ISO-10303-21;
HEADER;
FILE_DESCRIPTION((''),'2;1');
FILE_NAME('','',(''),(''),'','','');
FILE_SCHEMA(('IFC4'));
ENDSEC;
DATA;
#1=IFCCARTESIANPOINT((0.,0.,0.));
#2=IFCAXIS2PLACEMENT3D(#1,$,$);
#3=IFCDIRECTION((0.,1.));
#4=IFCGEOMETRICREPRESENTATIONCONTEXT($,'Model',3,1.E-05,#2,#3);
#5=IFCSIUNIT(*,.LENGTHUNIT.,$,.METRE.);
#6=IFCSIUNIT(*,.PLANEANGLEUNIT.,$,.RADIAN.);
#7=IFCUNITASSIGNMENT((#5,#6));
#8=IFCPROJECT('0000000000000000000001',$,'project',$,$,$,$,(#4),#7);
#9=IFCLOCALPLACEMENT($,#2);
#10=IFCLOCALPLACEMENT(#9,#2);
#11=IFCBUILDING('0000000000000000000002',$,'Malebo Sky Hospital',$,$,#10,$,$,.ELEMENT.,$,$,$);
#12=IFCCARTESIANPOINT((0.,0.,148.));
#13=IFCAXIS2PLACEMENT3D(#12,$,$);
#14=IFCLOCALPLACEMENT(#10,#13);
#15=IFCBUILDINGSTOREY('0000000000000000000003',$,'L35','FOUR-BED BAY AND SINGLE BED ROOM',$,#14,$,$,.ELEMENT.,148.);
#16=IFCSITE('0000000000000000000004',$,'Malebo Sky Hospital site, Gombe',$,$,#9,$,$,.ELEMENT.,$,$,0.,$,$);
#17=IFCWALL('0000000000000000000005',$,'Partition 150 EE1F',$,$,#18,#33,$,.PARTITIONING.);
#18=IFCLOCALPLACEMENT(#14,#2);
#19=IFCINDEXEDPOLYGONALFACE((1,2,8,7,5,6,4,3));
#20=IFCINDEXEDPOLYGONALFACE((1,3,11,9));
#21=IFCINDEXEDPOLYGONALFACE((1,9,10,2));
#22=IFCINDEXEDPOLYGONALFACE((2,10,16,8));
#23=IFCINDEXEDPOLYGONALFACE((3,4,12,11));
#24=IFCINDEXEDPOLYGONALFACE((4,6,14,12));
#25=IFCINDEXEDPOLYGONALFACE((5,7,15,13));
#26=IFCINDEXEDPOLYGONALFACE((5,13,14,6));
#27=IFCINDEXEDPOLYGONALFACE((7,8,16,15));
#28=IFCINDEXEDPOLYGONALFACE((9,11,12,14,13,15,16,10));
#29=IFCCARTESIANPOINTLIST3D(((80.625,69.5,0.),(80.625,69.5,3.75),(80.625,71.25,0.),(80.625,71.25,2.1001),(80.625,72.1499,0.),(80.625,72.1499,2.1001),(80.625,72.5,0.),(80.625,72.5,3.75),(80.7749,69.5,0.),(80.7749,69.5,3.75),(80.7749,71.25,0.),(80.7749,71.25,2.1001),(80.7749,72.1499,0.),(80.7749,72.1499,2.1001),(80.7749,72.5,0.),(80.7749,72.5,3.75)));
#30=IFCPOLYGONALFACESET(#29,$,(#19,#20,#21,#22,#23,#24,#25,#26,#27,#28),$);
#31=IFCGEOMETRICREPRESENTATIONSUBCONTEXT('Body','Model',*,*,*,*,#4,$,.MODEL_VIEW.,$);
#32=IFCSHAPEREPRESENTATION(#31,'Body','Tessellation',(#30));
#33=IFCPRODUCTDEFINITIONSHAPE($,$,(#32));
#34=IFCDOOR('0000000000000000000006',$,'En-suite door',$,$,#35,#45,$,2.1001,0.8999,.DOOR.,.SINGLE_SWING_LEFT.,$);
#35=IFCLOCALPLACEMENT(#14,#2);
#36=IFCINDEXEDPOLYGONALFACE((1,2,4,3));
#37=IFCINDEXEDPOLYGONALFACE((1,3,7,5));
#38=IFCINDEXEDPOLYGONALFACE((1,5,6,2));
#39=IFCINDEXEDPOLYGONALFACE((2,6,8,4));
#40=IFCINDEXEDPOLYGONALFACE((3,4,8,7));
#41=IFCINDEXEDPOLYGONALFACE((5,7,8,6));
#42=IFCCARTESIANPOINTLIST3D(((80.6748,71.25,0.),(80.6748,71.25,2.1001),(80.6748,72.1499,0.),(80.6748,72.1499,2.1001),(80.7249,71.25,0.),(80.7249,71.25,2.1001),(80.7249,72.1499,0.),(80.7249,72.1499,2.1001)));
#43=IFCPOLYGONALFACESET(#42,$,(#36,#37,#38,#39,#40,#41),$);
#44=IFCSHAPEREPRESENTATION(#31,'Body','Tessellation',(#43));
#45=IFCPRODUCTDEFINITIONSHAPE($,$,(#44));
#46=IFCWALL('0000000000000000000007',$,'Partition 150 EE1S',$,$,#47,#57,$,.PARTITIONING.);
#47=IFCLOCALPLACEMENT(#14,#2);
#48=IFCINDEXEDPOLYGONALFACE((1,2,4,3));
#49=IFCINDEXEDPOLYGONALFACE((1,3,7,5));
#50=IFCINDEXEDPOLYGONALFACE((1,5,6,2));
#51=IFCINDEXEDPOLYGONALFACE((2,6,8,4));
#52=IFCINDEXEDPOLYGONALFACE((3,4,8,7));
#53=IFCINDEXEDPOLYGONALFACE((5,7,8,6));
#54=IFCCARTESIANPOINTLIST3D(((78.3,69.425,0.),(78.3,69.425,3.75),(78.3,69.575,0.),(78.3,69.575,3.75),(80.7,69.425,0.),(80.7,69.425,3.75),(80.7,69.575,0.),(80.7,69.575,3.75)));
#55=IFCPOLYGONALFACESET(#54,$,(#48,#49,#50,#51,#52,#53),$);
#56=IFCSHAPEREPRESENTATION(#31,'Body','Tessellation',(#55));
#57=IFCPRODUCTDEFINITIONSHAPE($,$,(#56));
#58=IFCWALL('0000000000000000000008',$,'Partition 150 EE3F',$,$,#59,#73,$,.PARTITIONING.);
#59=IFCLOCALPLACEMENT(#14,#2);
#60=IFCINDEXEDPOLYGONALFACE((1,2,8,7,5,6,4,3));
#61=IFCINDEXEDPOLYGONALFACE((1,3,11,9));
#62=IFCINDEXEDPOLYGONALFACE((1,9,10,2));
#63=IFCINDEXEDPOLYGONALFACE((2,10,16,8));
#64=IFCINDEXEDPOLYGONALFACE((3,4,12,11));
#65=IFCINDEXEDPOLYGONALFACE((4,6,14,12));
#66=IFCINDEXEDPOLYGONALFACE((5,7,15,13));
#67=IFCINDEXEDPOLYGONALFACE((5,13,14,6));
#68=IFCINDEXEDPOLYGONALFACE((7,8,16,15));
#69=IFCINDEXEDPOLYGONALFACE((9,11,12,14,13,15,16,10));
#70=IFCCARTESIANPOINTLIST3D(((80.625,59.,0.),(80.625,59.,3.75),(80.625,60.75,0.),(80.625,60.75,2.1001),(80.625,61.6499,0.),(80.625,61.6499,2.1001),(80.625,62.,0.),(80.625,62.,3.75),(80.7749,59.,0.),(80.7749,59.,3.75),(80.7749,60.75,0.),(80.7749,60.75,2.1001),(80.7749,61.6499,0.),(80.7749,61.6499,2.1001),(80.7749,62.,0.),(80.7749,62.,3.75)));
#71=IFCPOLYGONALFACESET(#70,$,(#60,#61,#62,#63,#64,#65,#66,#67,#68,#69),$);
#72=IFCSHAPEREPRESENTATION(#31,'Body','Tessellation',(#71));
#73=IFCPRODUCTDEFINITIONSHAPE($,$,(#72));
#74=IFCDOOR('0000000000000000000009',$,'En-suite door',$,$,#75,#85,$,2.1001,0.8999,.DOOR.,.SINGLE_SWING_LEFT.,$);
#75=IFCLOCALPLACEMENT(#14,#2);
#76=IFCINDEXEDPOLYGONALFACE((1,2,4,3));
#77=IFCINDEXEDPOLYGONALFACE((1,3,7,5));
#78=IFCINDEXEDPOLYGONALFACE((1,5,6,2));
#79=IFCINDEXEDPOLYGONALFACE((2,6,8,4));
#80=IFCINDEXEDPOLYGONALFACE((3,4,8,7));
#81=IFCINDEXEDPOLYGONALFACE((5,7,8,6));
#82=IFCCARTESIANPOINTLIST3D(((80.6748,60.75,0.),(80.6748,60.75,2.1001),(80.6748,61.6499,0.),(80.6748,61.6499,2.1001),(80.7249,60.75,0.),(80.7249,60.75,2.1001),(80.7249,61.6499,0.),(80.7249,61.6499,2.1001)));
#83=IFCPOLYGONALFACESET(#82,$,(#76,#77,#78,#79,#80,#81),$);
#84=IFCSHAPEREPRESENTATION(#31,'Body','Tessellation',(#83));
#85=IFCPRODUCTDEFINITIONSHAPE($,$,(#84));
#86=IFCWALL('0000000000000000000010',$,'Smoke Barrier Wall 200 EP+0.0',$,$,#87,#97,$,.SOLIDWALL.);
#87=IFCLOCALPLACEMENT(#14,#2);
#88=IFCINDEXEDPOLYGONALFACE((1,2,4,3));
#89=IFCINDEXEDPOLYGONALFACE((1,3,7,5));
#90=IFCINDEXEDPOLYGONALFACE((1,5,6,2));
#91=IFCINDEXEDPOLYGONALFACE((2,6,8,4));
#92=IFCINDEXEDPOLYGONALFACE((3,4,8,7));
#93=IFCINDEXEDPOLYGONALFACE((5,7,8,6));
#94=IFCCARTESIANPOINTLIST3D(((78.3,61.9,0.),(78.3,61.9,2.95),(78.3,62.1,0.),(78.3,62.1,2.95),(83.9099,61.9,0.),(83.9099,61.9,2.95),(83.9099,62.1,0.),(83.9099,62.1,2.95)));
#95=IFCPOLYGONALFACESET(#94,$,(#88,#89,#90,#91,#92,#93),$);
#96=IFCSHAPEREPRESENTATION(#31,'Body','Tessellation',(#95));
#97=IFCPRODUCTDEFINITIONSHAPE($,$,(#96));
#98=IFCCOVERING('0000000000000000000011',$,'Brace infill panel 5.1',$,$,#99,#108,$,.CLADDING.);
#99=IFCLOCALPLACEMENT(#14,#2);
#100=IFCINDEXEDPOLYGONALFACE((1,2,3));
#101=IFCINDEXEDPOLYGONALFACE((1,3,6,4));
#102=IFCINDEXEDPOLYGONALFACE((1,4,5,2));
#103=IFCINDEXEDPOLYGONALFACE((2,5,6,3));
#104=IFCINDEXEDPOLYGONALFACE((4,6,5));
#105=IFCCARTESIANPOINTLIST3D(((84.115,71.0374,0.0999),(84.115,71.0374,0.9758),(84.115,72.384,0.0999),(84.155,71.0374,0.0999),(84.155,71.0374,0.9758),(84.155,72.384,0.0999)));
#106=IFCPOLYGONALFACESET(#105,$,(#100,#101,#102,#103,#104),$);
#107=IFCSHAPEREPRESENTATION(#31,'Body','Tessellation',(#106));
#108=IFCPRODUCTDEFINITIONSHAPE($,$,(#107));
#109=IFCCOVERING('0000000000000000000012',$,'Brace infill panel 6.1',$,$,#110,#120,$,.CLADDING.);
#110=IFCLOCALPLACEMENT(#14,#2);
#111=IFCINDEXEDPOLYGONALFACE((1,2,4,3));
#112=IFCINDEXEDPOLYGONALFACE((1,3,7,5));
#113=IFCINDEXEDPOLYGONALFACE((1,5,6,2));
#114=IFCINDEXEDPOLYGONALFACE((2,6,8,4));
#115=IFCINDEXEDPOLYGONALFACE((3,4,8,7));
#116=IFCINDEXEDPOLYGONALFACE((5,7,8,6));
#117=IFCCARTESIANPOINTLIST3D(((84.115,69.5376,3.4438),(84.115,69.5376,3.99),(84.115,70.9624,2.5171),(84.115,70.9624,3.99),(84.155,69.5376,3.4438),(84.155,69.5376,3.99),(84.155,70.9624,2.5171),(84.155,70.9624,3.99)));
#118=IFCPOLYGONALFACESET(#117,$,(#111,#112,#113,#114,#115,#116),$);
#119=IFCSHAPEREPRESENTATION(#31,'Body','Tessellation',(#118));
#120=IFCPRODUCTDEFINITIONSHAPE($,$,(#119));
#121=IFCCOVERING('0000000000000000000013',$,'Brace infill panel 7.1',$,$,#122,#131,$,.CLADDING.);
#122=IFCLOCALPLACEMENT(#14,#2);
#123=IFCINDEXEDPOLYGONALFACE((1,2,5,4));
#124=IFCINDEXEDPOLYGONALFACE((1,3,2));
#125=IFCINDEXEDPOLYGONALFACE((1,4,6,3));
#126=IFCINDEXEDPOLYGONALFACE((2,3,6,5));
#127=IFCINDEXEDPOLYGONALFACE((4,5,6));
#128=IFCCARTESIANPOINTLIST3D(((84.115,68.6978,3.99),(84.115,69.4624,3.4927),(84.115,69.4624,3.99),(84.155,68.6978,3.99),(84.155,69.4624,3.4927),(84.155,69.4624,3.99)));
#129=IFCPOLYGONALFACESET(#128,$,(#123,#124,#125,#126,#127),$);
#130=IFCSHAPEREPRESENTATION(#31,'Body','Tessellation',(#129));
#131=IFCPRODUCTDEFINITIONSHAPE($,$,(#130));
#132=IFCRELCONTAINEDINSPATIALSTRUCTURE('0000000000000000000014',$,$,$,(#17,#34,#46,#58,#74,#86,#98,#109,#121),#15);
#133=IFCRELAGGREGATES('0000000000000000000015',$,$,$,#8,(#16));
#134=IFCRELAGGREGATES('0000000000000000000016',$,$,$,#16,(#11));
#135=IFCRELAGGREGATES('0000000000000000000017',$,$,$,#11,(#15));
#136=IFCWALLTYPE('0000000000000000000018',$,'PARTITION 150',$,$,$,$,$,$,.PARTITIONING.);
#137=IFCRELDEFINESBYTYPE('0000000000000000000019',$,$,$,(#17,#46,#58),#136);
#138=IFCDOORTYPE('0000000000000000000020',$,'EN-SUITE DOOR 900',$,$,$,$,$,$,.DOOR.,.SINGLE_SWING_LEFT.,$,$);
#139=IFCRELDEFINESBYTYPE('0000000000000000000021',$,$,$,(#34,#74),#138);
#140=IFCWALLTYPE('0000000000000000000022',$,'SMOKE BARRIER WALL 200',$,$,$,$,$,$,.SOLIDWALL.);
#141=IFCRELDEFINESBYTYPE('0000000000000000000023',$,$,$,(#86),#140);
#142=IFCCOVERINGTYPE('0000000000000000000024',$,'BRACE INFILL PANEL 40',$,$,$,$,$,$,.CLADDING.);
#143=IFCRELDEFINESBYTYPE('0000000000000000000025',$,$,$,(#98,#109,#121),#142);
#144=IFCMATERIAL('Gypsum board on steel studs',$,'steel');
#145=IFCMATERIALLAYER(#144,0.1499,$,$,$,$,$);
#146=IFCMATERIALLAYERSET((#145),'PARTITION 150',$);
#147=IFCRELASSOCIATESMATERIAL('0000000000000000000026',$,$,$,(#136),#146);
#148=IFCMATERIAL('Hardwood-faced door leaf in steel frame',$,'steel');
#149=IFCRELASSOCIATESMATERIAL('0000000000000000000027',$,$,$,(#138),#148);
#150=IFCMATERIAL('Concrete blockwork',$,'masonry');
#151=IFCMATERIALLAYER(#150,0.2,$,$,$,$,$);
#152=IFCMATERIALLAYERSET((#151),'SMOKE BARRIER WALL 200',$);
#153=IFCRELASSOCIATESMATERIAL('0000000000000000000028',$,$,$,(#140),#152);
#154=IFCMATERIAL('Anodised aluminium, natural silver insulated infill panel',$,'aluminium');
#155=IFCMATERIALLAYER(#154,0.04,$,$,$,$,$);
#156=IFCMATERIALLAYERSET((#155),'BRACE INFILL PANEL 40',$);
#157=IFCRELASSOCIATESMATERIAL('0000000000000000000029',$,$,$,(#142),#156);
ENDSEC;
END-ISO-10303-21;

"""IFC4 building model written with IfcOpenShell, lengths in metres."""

from ifc_helpers import new_model, si_unit, direction, frame, frame_2d, origin, place, context, subcontext, project, spatial, polyline, rectangle, outline, extrude, material, layer, layer_set, type_object, element, fill, save


model = new_model("IFC4")

# Units and contexts
model_context = context("Model", 3, precision=1e-05, world=origin(), true_north=direction((0.0, 1.0)))
body_context = subcontext(model_context, "Body", "Model", "MODEL_VIEW")
ifc_project = project(units=[si_unit("LENGTHUNIT", "METRE"), si_unit("PLANEANGLEUNIT", "RADIAN")], contexts=[model_context])

# Site, building, storey
site_placement = place(None, origin())
site = spatial("IfcSite", under=ifc_project, at=site_placement, Name="Malebo Sky Hospital site, Gombe", CompositionType="ELEMENT", RefElevation=0.0)
building_placement = place(site_placement, origin())
building = spatial("IfcBuilding", under=site, at=building_placement, Name="Malebo Sky Hospital", CompositionType="ELEMENT")
storey_placement = place(building_placement, frame((0.0, 0.0, 148.0)))
storey = spatial("IfcBuildingStorey", under=building, at=storey_placement, Name="L35", Description="FOUR-BED BAY AND SINGLE BED ROOM", CompositionType="ELEMENT", Elevation=148.0)

# Shared definitions
ifc_material_1 = material(Name="Gypsum board on steel studs", Category="steel")
ifc_layer_1 = layer(ifc_material_1, 0.1499)
ifc_layer_set_1 = layer_set([ifc_layer_1], Name="PARTITION 150")
wall_type_1 = type_object("IfcWallType", Name="PARTITION 150", PredefinedType="PARTITIONING", material=ifc_layer_set_1)

# Wall, opening, door
wall_1_placement = place(storey_placement, frame((80.7, 72.5, 0.0), z_axis=(0.0, 0.0, 1.0), x_axis=(0.0, -1.0, 0.0)))
wall_1 = element("IfcWall", 1, at=wall_1_placement, inside=storey, type_object=wall_type_1, Name="Partition 150 EE1F", PredefinedType="PARTITIONING", context=body_context, shape_type="SweptSolid", body=[
    extrude(rectangle(XDim=3.0, YDim=0.1499, at=frame_2d((1.5, 0.0))), origin(), (0.0, 0.0, 1.0), 3.75),
])
opening_1_placement = place(wall_1_placement, frame((0.3501, 0.0, 0.0)))
opening_1 = element("IfcOpeningElement", 2, at=opening_1_placement, cuts=wall_1, PredefinedType="OPENING", context=body_context, shape_type="SweptSolid", body=[
    extrude(rectangle(XDim=0.8999, YDim=2.1001, at=frame_2d((0.45, 1.05))), frame((0.0, 0.085, 0.0), z_axis=(0.0, -1.0, 0.0), x_axis=(1.0, 0.0, 0.0)), (0.0, 0.0, 1.0), 0.1699),
])
ifc_material_2 = material(Name="Hardwood-faced door leaf in steel frame", Category="steel")
door_type = type_object("IfcDoorType", Name="EN-SUITE DOOR 900", OperationType="SINGLE_SWING_LEFT", PredefinedType="DOOR", material=ifc_material_2)
door_1_placement = place(opening_1_placement, origin())
door_1 = element("IfcDoor", 3, at=door_1_placement, inside=storey, type_object=door_type, Name="En-suite door", OperationType="SINGLE_SWING_LEFT", OverallHeight=2.1001, OverallWidth=0.8999, PredefinedType="DOOR", context=body_context, shape_type="SweptSolid", body=[
    extrude(rectangle(XDim=0.8999, YDim=2.1001, at=frame_2d((0.45, 1.05))), frame((0.0, 0.0249, 0.0), z_axis=(0.0, -1.0, 0.0), x_axis=(1.0, 0.0, 0.0)), (0.0, 0.0, 1.0), 0.05),
])
fill(opening_1, door_1)

# Wall
wall_2_placement = place(storey_placement, frame((78.3, 69.5, 0.0), z_axis=(0.0, 0.0, 1.0), x_axis=(1.0, 0.0, 0.0)))
element("IfcWall", 4, at=wall_2_placement, inside=storey, type_object=wall_type_1, Name="Partition 150 EE1S", PredefinedType="PARTITIONING", context=body_context, shape_type="SweptSolid", body=[
    extrude(rectangle(XDim=2.3999, YDim=0.1499, at=frame_2d((1.2, 0.0))), origin(), (0.0, 0.0, 1.0), 3.75),
])

# Wall, opening, door
wall_3_placement = place(storey_placement, frame((80.7, 62.0, 0.0), z_axis=(0.0, 0.0, 1.0), x_axis=(0.0, -1.0, 0.0)))
wall_3 = element("IfcWall", 5, at=wall_3_placement, inside=storey, type_object=wall_type_1, Name="Partition 150 EE3F", PredefinedType="PARTITIONING", context=body_context, shape_type="SweptSolid", body=[
    extrude(rectangle(XDim=3.0, YDim=0.1499, at=frame_2d((1.5, 0.0))), origin(), (0.0, 0.0, 1.0), 3.75),
])
opening_2_placement = place(wall_3_placement, frame((0.3501, 0.0, 0.0)))
opening_2 = element("IfcOpeningElement", 6, at=opening_2_placement, cuts=wall_3, PredefinedType="OPENING", context=body_context, shape_type="SweptSolid", body=[
    extrude(rectangle(XDim=0.8999, YDim=2.1001, at=frame_2d((0.45, 1.05))), frame((0.0, 0.085, 0.0), z_axis=(0.0, -1.0, 0.0), x_axis=(1.0, 0.0, 0.0)), (0.0, 0.0, 1.0), 0.1699),
])
door_2_placement = place(opening_2_placement, origin())
door_2 = element("IfcDoor", 7, at=door_2_placement, inside=storey, type_object=door_type, Name="En-suite door", OperationType="SINGLE_SWING_LEFT", OverallHeight=2.1001, OverallWidth=0.8999, PredefinedType="DOOR", context=body_context, shape_type="SweptSolid", body=[
    extrude(rectangle(XDim=0.8999, YDim=2.1001, at=frame_2d((0.45, 1.05))), frame((0.0, 0.0249, 0.0), z_axis=(0.0, -1.0, 0.0), x_axis=(1.0, 0.0, 0.0)), (0.0, 0.0, 1.0), 0.05),
])
fill(opening_2, door_2)

# Wall
ifc_material_3 = material(Name="Concrete blockwork", Category="masonry")
ifc_layer_2 = layer(ifc_material_3, 0.2)
ifc_layer_set_2 = layer_set([ifc_layer_2], Name="SMOKE BARRIER WALL 200")
wall_type_2 = type_object("IfcWallType", Name="SMOKE BARRIER WALL 200", PredefinedType="SOLIDWALL", material=ifc_layer_set_2)
wall_4_placement = place(storey_placement, frame((78.3, 62.0, 0.0), z_axis=(0.0, 0.0, 1.0), x_axis=(1.0, 0.0, 0.0)))
element("IfcWall", 8, at=wall_4_placement, inside=storey, type_object=wall_type_2, Name="Smoke Barrier Wall 200 EP+0.0", PredefinedType="SOLIDWALL", context=body_context, shape_type="SweptSolid", body=[
    extrude(rectangle(XDim=5.6099, YDim=0.2, at=frame_2d((2.8049, 0.0))), origin(), (0.0, 0.0, 1.0), 2.95),
])

# Coverings
ifc_material_4 = material(Name="Anodised aluminium, natural silver insulated infill panel", Category="aluminium")
ifc_layer_3 = layer(ifc_material_4, 0.04)
ifc_layer_set_3 = layer_set([ifc_layer_3], Name="BRACE INFILL PANEL 40")
covering_type = type_object("IfcCoveringType", Name="BRACE INFILL PANEL 40", PredefinedType="CLADDING", material=ifc_layer_set_3)
covering_1_placement = place(storey_placement, frame((84.135, 71.7107, 0.0999), z_axis=(0.0, 0.0, 1.0), x_axis=(0.0, -1.0, 0.0)))
element("IfcCovering", 9, at=covering_1_placement, inside=storey, type_object=covering_type, Name="Brace infill panel 5.1", PredefinedType="CLADDING", context=body_context, shape_type="SweptSolid", body=[
    extrude(outline(polyline([(-0.6733, 0.0), (0.6733, 0.0), (0.6733, 0.876), (-0.6733, 0.0)])), frame((0.0, 0.02, 0.0), z_axis=(0.0, -1.0, 0.0), x_axis=(1.0, 0.0, 0.0)), (0.0, 0.0, 1.0), 0.04),
])
covering_2_placement = place(storey_placement, frame((84.135, 70.25, 2.5171), z_axis=(0.0, 0.0, 1.0), x_axis=(0.0, -1.0, 0.0)))
element("IfcCovering", 10, at=covering_2_placement, inside=storey, type_object=covering_type, Name="Brace infill panel 6.1", PredefinedType="CLADDING", context=body_context, shape_type="SweptSolid", body=[
    extrude(outline(polyline([(-0.7124, 0.0), (0.7124, 0.9268), (0.7124, 1.4729), (-0.7124, 1.4729), (-0.7124, 0.0)])), frame((0.0, 0.02, 0.0), z_axis=(0.0, -1.0, 0.0), x_axis=(1.0, 0.0, 0.0)), (0.0, 0.0, 1.0), 0.04),
])
covering_3_placement = place(storey_placement, frame((84.135, 69.0801, 3.4927), z_axis=(0.0, 0.0, 1.0), x_axis=(0.0, -1.0, 0.0)))
element("IfcCovering", 11, at=covering_3_placement, inside=storey, type_object=covering_type, Name="Brace infill panel 7.1", PredefinedType="CLADDING", context=body_context, shape_type="SweptSolid", body=[
    extrude(outline(polyline([(-0.3823, 0.0), (0.3823, 0.4973), (-0.3823, 0.4973), (-0.3823, 0.0)])), frame((0.0, 0.02, 0.0), z_axis=(0.0, -1.0, 0.0), x_axis=(1.0, 0.0, 0.0)), (0.0, 0.0, 1.0), 0.04),
])

save(model, "model.ifc")
